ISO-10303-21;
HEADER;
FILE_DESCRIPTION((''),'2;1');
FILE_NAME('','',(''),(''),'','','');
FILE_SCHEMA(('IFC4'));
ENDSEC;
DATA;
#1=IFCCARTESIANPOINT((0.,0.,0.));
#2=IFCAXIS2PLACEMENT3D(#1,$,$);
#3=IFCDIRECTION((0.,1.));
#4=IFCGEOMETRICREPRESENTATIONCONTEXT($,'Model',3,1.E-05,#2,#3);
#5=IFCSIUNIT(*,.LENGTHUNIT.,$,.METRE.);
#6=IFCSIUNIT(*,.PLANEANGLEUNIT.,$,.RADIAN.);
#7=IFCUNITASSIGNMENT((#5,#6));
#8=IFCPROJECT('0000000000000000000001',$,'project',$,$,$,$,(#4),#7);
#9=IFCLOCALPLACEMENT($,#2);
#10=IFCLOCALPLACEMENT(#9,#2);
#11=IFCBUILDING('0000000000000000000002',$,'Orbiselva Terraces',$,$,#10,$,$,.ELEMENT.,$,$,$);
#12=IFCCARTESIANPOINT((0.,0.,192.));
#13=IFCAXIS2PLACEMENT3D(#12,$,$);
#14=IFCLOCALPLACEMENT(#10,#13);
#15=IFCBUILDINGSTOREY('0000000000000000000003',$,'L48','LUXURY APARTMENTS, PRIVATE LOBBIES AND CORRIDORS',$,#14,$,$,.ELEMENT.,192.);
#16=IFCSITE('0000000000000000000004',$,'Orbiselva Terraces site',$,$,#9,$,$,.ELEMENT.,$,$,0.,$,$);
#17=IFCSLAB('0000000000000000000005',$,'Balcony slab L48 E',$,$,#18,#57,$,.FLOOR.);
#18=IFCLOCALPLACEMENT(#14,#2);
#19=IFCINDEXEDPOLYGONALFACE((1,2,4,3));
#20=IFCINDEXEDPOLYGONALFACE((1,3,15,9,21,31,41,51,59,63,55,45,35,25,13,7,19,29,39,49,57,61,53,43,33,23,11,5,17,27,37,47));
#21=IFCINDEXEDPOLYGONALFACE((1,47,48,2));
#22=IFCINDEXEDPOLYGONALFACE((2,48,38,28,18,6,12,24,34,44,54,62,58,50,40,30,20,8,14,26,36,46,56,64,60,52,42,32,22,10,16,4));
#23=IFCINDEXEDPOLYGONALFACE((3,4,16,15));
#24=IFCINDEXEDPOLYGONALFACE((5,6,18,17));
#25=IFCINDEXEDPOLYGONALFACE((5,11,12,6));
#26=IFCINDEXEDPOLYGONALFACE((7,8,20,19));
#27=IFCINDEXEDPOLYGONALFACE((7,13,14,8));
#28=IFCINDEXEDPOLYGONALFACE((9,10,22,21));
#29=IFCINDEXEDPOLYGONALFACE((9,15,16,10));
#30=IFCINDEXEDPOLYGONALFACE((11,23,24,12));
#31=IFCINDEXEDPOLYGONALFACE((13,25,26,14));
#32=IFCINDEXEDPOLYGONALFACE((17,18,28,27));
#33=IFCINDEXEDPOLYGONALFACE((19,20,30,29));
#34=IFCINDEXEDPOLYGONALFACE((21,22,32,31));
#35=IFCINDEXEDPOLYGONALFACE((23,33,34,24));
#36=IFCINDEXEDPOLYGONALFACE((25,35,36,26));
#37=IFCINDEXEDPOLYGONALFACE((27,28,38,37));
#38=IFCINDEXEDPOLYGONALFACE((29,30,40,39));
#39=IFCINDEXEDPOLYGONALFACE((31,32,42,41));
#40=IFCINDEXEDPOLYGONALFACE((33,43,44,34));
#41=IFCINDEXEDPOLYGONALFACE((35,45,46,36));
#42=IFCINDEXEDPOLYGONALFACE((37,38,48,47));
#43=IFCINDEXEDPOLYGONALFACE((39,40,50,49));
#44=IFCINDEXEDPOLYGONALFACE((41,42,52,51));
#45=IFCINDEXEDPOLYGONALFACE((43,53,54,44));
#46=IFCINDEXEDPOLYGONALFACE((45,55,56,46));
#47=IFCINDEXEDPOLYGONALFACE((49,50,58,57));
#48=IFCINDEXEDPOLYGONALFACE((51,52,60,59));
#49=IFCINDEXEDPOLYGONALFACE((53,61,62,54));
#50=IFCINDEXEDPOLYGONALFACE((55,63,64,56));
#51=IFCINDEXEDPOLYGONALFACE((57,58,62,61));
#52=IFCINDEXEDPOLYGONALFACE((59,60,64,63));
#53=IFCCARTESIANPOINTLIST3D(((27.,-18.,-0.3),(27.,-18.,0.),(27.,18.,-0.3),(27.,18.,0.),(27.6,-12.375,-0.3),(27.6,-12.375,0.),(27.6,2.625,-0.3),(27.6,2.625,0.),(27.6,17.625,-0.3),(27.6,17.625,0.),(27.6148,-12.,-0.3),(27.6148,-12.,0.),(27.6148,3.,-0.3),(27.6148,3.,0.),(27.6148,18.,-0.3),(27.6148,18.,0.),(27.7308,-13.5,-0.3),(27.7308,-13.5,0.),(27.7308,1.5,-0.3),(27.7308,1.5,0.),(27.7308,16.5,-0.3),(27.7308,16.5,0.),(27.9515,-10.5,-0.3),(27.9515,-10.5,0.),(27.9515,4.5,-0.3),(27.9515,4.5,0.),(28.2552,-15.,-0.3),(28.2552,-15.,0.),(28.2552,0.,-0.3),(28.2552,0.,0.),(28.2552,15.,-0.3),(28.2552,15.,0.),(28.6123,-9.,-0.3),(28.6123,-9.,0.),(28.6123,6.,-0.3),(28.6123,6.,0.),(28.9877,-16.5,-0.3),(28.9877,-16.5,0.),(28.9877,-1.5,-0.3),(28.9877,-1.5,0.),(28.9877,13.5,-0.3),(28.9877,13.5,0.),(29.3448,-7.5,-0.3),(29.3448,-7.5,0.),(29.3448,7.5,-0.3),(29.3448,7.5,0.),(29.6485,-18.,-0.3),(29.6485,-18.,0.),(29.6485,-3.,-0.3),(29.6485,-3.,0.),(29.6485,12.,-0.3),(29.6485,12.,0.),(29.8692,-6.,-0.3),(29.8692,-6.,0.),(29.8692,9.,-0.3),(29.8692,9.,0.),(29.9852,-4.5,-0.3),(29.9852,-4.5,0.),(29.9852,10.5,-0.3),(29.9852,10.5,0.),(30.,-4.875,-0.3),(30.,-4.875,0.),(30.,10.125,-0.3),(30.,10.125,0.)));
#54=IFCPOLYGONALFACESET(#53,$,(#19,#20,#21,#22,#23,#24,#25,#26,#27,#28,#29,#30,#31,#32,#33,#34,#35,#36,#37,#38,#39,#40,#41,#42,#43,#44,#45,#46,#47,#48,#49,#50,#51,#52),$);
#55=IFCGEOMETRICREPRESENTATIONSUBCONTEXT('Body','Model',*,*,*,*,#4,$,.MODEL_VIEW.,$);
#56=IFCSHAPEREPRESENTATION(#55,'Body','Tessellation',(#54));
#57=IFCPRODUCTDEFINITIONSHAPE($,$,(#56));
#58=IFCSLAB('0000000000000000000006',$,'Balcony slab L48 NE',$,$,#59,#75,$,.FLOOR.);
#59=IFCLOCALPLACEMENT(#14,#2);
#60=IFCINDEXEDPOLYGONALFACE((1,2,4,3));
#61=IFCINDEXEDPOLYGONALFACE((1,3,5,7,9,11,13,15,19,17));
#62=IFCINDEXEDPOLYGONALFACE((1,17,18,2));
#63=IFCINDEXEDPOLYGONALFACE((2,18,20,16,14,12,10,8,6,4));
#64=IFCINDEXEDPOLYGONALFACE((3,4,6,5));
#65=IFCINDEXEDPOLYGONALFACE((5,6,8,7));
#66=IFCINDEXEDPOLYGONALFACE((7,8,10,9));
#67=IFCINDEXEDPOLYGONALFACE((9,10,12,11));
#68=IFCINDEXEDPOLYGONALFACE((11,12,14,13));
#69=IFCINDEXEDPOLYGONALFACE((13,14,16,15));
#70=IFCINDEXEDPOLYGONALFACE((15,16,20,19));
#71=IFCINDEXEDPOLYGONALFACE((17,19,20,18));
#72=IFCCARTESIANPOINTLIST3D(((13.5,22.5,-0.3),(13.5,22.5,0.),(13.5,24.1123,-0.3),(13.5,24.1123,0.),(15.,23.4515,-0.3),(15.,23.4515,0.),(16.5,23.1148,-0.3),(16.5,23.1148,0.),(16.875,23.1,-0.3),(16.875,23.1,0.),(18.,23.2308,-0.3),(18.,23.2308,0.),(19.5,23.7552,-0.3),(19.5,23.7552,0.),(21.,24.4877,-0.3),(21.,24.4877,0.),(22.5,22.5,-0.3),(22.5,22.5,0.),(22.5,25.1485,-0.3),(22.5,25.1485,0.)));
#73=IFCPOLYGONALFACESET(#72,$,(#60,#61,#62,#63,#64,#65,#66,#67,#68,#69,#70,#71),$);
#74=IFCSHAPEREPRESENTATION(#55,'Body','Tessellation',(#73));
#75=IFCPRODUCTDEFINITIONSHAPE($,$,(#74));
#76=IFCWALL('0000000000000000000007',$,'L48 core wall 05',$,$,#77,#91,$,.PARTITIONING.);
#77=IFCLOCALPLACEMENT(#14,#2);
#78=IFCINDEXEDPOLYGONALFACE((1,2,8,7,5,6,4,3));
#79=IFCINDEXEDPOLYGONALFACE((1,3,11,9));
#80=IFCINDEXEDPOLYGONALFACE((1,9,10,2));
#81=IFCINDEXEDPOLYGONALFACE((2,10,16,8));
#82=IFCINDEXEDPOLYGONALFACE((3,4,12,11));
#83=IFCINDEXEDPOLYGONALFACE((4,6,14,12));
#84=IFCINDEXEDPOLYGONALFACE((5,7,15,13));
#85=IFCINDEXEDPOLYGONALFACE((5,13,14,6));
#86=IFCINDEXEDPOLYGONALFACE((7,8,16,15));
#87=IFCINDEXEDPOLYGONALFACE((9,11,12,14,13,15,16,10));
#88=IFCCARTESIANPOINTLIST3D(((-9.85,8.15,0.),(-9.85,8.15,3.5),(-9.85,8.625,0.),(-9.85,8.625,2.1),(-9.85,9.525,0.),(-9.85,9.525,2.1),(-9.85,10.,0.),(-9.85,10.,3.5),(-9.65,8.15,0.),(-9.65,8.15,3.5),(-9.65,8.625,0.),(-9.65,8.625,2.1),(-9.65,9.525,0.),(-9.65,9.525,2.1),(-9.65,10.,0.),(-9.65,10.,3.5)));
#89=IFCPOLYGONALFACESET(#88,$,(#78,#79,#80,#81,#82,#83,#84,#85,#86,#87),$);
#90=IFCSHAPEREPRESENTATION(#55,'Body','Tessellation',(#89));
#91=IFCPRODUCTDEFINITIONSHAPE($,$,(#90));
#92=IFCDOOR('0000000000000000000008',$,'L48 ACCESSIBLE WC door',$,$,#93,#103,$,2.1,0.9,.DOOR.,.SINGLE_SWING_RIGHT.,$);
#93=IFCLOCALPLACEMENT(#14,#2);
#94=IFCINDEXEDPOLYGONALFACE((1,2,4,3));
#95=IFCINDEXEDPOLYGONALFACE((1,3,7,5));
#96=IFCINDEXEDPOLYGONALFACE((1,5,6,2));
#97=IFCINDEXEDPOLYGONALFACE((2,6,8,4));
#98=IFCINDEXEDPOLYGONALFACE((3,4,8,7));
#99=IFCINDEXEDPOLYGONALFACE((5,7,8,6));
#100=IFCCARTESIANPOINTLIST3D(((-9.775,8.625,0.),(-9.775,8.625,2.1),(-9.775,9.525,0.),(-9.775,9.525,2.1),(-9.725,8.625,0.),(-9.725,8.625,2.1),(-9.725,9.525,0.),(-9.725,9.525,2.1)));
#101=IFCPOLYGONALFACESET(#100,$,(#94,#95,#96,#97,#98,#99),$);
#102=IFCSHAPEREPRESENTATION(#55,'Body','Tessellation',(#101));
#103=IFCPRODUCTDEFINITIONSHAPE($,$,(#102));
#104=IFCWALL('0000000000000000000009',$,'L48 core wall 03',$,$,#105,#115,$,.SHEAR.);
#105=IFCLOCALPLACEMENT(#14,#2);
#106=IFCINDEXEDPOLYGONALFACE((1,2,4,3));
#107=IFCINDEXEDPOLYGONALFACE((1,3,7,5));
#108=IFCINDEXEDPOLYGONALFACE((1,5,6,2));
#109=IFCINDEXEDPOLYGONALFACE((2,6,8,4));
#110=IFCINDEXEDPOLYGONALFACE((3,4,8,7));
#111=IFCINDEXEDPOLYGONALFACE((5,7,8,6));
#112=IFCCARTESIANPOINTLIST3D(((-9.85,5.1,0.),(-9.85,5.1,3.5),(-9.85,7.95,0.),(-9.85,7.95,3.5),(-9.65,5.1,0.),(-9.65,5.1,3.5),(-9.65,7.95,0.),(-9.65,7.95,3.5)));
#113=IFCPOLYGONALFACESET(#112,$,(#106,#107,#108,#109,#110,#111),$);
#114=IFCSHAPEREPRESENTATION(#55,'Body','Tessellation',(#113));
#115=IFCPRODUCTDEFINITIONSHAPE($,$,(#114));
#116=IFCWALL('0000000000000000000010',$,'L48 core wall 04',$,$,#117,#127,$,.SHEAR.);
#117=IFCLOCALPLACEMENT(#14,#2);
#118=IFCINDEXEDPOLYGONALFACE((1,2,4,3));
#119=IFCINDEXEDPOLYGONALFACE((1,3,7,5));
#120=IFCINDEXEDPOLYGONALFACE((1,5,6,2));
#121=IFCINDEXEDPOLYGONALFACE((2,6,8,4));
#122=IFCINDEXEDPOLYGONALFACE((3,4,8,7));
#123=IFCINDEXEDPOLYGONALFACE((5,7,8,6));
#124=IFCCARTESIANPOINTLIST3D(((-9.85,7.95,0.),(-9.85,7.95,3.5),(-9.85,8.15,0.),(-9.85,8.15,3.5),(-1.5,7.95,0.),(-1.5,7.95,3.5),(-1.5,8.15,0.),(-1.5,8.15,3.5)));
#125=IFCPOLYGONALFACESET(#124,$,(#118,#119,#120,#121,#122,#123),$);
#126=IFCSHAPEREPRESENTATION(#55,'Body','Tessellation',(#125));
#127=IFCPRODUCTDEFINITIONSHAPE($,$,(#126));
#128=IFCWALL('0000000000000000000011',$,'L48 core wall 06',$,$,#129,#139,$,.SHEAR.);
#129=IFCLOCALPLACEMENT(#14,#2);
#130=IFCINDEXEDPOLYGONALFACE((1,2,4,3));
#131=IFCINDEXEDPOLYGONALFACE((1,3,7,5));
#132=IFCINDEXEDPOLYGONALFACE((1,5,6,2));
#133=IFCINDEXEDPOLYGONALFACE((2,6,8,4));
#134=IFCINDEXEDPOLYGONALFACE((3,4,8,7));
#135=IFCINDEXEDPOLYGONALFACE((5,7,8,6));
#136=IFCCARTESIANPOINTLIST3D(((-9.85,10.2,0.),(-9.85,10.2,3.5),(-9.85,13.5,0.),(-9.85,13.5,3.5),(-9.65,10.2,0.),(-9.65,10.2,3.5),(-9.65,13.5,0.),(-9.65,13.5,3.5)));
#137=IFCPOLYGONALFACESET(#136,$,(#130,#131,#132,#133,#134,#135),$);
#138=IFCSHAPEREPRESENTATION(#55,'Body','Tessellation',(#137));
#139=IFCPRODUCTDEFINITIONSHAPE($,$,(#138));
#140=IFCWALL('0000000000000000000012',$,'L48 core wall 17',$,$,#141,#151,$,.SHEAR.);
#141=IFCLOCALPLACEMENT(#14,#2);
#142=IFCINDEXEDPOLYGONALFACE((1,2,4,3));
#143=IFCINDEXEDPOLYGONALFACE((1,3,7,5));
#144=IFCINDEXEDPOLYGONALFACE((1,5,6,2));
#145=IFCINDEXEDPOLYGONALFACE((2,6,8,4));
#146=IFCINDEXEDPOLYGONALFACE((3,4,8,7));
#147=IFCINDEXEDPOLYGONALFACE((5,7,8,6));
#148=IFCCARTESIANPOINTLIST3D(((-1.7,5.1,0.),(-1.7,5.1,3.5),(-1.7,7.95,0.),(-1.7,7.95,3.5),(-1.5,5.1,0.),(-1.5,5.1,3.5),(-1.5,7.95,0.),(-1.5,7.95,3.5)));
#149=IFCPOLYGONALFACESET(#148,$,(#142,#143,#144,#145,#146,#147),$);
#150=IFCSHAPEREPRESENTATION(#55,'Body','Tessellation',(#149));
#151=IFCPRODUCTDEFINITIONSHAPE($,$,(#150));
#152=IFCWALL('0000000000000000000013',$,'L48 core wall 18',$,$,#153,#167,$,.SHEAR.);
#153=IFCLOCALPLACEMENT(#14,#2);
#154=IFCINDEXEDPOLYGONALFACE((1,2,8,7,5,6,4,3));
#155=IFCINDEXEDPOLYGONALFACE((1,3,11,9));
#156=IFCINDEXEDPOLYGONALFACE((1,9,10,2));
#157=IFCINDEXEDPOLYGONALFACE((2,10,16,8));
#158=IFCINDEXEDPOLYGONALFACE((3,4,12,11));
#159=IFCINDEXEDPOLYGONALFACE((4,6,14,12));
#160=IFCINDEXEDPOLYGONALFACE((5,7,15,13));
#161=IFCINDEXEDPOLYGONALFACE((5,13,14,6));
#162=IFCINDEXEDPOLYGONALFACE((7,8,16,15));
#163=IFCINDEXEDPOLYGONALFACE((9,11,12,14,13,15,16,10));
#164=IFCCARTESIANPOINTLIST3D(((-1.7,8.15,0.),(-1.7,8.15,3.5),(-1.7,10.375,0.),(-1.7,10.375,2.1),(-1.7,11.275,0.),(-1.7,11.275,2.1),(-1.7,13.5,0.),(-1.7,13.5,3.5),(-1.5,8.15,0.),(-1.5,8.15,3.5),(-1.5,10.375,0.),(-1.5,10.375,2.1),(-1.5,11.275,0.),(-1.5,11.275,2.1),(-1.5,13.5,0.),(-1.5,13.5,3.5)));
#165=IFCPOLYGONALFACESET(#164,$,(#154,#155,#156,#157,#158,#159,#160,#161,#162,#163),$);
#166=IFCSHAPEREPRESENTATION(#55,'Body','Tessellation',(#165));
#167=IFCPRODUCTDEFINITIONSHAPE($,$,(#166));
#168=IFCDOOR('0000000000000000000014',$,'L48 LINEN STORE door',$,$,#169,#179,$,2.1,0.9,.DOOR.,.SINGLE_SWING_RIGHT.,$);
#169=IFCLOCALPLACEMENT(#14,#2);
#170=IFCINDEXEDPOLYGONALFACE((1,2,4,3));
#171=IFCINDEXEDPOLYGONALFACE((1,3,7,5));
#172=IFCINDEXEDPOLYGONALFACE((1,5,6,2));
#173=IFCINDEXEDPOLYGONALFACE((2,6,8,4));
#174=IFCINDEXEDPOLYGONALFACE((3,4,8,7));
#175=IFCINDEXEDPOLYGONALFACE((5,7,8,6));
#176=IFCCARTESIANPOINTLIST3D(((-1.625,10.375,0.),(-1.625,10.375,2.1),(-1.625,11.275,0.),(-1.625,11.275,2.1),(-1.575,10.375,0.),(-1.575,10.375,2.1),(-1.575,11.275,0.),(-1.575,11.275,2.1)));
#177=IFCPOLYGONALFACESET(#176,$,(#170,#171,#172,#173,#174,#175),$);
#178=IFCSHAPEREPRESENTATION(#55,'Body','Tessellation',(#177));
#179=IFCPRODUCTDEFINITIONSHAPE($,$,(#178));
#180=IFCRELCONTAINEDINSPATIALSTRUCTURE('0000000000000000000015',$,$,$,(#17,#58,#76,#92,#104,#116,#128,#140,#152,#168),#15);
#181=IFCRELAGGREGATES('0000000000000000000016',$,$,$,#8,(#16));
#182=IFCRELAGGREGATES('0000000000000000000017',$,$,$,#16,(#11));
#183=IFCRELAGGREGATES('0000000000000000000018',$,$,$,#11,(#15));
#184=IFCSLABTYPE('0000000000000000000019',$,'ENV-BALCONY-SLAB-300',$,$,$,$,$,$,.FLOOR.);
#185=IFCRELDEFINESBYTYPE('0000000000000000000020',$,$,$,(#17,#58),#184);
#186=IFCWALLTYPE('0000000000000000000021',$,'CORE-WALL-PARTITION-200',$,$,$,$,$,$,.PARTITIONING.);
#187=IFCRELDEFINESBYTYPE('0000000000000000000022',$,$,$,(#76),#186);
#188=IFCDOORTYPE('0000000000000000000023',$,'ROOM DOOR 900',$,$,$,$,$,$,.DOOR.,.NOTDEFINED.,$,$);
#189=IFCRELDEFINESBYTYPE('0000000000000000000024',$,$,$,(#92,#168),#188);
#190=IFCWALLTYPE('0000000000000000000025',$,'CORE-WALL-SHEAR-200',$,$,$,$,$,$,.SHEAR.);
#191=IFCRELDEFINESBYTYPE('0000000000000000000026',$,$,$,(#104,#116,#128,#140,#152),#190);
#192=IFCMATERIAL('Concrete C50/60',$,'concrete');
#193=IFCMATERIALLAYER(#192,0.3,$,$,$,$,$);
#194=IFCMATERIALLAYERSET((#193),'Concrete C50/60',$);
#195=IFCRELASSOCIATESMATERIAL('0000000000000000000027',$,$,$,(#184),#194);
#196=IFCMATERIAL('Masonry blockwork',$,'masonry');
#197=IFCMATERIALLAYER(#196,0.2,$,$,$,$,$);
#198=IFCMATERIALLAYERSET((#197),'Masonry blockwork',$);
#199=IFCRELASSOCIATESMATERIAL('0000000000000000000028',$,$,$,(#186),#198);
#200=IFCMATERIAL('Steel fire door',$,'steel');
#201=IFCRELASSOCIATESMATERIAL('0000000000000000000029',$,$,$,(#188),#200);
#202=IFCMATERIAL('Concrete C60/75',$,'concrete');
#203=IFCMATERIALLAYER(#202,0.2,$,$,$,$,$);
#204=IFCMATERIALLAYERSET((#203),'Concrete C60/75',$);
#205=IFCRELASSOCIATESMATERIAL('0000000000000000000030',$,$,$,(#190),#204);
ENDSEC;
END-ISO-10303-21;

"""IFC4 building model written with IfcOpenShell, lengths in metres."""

from ifc_helpers import new_model, si_unit, direction, frame, frame_2d, origin, place, context, subcontext, project, spatial, polyline, rectangle, outline, extrude, material, layer, layer_set, type_object, element, fill, save


model = new_model("IFC4")

# Units and contexts
model_context = context("Model", 3, precision=1e-05, world=origin(), true_north=direction((0.0, 1.0)))
body_context = subcontext(model_context, "Body", "Model", "MODEL_VIEW")
ifc_project = project(units=[si_unit("LENGTHUNIT", "METRE"), si_unit("PLANEANGLEUNIT", "RADIAN")], contexts=[model_context])

# Site, building, storey
site_placement = place(None, origin())
site = spatial("IfcSite", under=ifc_project, at=site_placement, Name="Orbiselva Terraces site", CompositionType="ELEMENT", RefElevation=0.0)
building_placement = place(site_placement, origin())
building = spatial("IfcBuilding", under=site, at=building_placement, Name="Orbiselva Terraces", CompositionType="ELEMENT")
storey_placement = place(building_placement, frame((0.0, 0.0, 192.0)))
storey = spatial("IfcBuildingStorey", under=building, at=storey_placement, Name="L48", Description="LUXURY APARTMENTS, PRIVATE LOBBIES AND CORRIDORS", CompositionType="ELEMENT", Elevation=192.0)

# Slabs
ifc_material_1 = material(Name="Concrete C50/60", Category="concrete")
ifc_layer_1 = layer(ifc_material_1, 0.3)
ifc_layer_set_1 = layer_set([ifc_layer_1], Name="Concrete C50/60")
slab_type = type_object("IfcSlabType", Name="ENV-BALCONY-SLAB-300", PredefinedType="FLOOR", material=ifc_layer_set_1)
slab_1_placement = place(storey_placement, frame((0.0, 0.0, -0.3)))
element("IfcSlab", 1, at=slab_1_placement, inside=storey, type_object=slab_type, Name="Balcony slab L48 E", PredefinedType="FLOOR", context=body_context, shape_type="SweptSolid", body=[
    extrude(outline(polyline([(29.6485, -18.0), (28.9877, -16.5), (28.2552, -15.0), (27.7308, -13.5), (27.6, -12.375), (27.6148, -12.0), (27.9515, -10.5), (28.6123, -9.0), (29.3448, -7.5), (29.8692, -6.0), (30.0, -4.875), (29.9852, -4.5), (29.6485, -3.0), (28.9877, -1.5), (28.2552, 0.0), (27.7308, 1.5), (27.6, 2.625), (27.6148, 3.0), (27.9515, 4.5), (28.6123, 6.0), (29.3448, 7.5), (29.8692, 9.0), (30.0, 10.125), (29.9852, 10.5), (29.6485, 12.0), (28.9877, 13.5), (28.2552, 15.0), (27.7308, 16.5), (27.6, 17.625), (27.6148, 18.0), (27.0, 18.0), (27.0, -18.0), (29.6485, -18.0)])), origin(), (0.0, 0.0, 1.0), 0.3),
])
slab_2_placement = place(storey_placement, frame((0.0, 0.0, -0.3)))
element("IfcSlab", 2, at=slab_2_placement, inside=storey, type_object=slab_type, Name="Balcony slab L48 NE", PredefinedType="FLOOR", context=body_context, shape_type="SweptSolid", body=[
    extrude(outline(polyline([(22.5, 25.1485), (21.0, 24.4877), (19.5, 23.7552), (18.0, 23.2308), (16.875, 23.1), (16.5, 23.1148), (15.0, 23.4515), (13.5, 24.1123), (13.5, 22.5), (22.5, 22.5), (22.5, 25.1485)])), origin(), (0.0, 0.0, 1.0), 0.3),
])

# Wall, opening, door
ifc_material_2 = material(Name="Masonry blockwork", Category="masonry")
ifc_layer_2 = layer(ifc_material_2, 0.2)
ifc_layer_set_2 = layer_set([ifc_layer_2], Name="Masonry blockwork")
wall_type_1 = type_object("IfcWallType", Name="CORE-WALL-PARTITION-200", PredefinedType="PARTITIONING", material=ifc_layer_set_2)
wall_1_placement = place(storey_placement, frame((-9.75, 8.15, 0.0), z_axis=(0.0, 0.0, 1.0), x_axis=(0.0, 1.0, 0.0)))
wall_1 = element("IfcWall", 3, at=wall_1_placement, inside=storey, type_object=wall_type_1, Name="L48 core wall 05", PredefinedType="PARTITIONING", context=body_context, shape_type="SweptSolid", body=[
    extrude(rectangle(XDim=1.85, YDim=0.2, at=frame_2d((0.925, 0.0))), origin(), (0.0, 0.0, 1.0), 3.5),
])
opening_1_placement = place(wall_1_placement, frame((0.475, 0.0, 0.0)))
opening_1 = element("IfcOpeningElement", 4, at=opening_1_placement, cuts=wall_1, PredefinedType="OPENING", context=body_context, shape_type="SweptSolid", body=[
    extrude(rectangle(XDim=0.9, YDim=2.1, at=frame_2d((0.45, 1.05))), frame((0.0, 0.11, 0.0), z_axis=(0.0, -1.0, 0.0), x_axis=(1.0, 0.0, 0.0)), (0.0, 0.0, 1.0), 0.22),
])
ifc_material_3 = material(Name="Steel fire door", Category="steel")
door_type = type_object("IfcDoorType", Name="ROOM DOOR 900", OperationType="NOTDEFINED", PredefinedType="DOOR", material=ifc_material_3)
door_1_placement = place(opening_1_placement, origin())
door_1 = element("IfcDoor", 5, at=door_1_placement, inside=storey, type_object=door_type, Name="L48 ACCESSIBLE WC door", OperationType="SINGLE_SWING_RIGHT", OverallHeight=2.1, OverallWidth=0.9, PredefinedType="DOOR", context=body_context, shape_type="SweptSolid", body=[
    extrude(rectangle(XDim=0.9, YDim=2.1, at=frame_2d((0.45, 1.05))), frame((0.0, 0.025, 0.0), z_axis=(0.0, -1.0, 0.0), x_axis=(1.0, 0.0, 0.0)), (0.0, 0.0, 1.0), 0.05),
])
fill(opening_1, door_1)

# Walls
ifc_material_4 = material(Name="Concrete C60/75", Category="concrete")
ifc_layer_3 = layer(ifc_material_4, 0.2)
ifc_layer_set_3 = layer_set([ifc_layer_3], Name="Concrete C60/75")
wall_type_2 = type_object("IfcWallType", Name="CORE-WALL-SHEAR-200", PredefinedType="SHEAR", material=ifc_layer_set_3)
wall_2_placement = place(storey_placement, frame((-9.75, 5.1, 0.0), z_axis=(0.0, 0.0, 1.0), x_axis=(0.0, 1.0, 0.0)))
element("IfcWall", 6, at=wall_2_placement, inside=storey, type_object=wall_type_2, Name="L48 core wall 03", PredefinedType="SHEAR", context=body_context, shape_type="SweptSolid", body=[
    extrude(rectangle(XDim=2.85, YDim=0.2, at=frame_2d((1.425, 0.0))), origin(), (0.0, 0.0, 1.0), 3.5),
])
wall_3_placement = place(storey_placement, frame((-9.85, 8.05, 0.0), z_axis=(0.0, 0.0, 1.0), x_axis=(1.0, 0.0, 0.0)))
element("IfcWall", 7, at=wall_3_placement, inside=storey, type_object=wall_type_2, Name="L48 core wall 04", PredefinedType="SHEAR", context=body_context, shape_type="SweptSolid", body=[
    extrude(rectangle(XDim=8.35, YDim=0.2, at=frame_2d((4.175, 0.0))), origin(), (0.0, 0.0, 1.0), 3.5),
])
wall_4_placement = place(storey_placement, frame((-9.75, 10.2, 0.0), z_axis=(0.0, 0.0, 1.0), x_axis=(0.0, 1.0, 0.0)))
element("IfcWall", 8, at=wall_4_placement, inside=storey, type_object=wall_type_2, Name="L48 core wall 06", PredefinedType="SHEAR", context=body_context, shape_type="SweptSolid", body=[
    extrude(rectangle(XDim=3.3, YDim=0.2, at=frame_2d((1.65, 0.0))), origin(), (0.0, 0.0, 1.0), 3.5),
])
wall_5_placement = place(storey_placement, frame((-1.6, 5.1, 0.0), z_axis=(0.0, 0.0, 1.0), x_axis=(0.0, 1.0, 0.0)))
element("IfcWall", 9, at=wall_5_placement, inside=storey, type_object=wall_type_2, Name="L48 core wall 17", PredefinedType="SHEAR", context=body_context, shape_type="SweptSolid", body=[
    extrude(rectangle(XDim=2.85, YDim=0.2, at=frame_2d((1.425, 0.0))), origin(), (0.0, 0.0, 1.0), 3.5),
])

# Wall, opening, door
wall_6_placement = place(storey_placement, frame((-1.6, 8.15, 0.0), z_axis=(0.0, 0.0, 1.0), x_axis=(0.0, 1.0, 0.0)))
wall_6 = element("IfcWall", 10, at=wall_6_placement, inside=storey, type_object=wall_type_2, Name="L48 core wall 18", PredefinedType="SHEAR", context=body_context, shape_type="SweptSolid", body=[
    extrude(rectangle(XDim=5.35, YDim=0.2, at=frame_2d((2.675, 0.0))), origin(), (0.0, 0.0, 1.0), 3.5),
])
opening_2_placement = place(wall_6_placement, frame((2.225, 0.0, 0.0)))
opening_2 = element("IfcOpeningElement", 11, at=opening_2_placement, cuts=wall_6, PredefinedType="OPENING", context=body_context, shape_type="SweptSolid", body=[
    extrude(rectangle(XDim=0.9, YDim=2.1, at=frame_2d((0.45, 1.05))), frame((0.0, 0.11, 0.0), z_axis=(0.0, -1.0, 0.0), x_axis=(1.0, 0.0, 0.0)), (0.0, 0.0, 1.0), 0.22),
])
door_2_placement = place(opening_2_placement, origin())
door_2 = element("IfcDoor", 12, at=door_2_placement, inside=storey, type_object=door_type, Name="L48 LINEN STORE door", OperationType="SINGLE_SWING_RIGHT", OverallHeight=2.1, OverallWidth=0.9, PredefinedType="DOOR", context=body_context, shape_type="SweptSolid", body=[
    extrude(rectangle(XDim=0.9, YDim=2.1, at=frame_2d((0.45, 1.05))), frame((0.0, 0.025, 0.0), z_axis=(0.0, -1.0, 0.0), x_axis=(1.0, 0.0, 0.0)), (0.0, 0.0, 1.0), 0.05),
])
fill(opening_2, door_2)

save(model, "model.ifc")
